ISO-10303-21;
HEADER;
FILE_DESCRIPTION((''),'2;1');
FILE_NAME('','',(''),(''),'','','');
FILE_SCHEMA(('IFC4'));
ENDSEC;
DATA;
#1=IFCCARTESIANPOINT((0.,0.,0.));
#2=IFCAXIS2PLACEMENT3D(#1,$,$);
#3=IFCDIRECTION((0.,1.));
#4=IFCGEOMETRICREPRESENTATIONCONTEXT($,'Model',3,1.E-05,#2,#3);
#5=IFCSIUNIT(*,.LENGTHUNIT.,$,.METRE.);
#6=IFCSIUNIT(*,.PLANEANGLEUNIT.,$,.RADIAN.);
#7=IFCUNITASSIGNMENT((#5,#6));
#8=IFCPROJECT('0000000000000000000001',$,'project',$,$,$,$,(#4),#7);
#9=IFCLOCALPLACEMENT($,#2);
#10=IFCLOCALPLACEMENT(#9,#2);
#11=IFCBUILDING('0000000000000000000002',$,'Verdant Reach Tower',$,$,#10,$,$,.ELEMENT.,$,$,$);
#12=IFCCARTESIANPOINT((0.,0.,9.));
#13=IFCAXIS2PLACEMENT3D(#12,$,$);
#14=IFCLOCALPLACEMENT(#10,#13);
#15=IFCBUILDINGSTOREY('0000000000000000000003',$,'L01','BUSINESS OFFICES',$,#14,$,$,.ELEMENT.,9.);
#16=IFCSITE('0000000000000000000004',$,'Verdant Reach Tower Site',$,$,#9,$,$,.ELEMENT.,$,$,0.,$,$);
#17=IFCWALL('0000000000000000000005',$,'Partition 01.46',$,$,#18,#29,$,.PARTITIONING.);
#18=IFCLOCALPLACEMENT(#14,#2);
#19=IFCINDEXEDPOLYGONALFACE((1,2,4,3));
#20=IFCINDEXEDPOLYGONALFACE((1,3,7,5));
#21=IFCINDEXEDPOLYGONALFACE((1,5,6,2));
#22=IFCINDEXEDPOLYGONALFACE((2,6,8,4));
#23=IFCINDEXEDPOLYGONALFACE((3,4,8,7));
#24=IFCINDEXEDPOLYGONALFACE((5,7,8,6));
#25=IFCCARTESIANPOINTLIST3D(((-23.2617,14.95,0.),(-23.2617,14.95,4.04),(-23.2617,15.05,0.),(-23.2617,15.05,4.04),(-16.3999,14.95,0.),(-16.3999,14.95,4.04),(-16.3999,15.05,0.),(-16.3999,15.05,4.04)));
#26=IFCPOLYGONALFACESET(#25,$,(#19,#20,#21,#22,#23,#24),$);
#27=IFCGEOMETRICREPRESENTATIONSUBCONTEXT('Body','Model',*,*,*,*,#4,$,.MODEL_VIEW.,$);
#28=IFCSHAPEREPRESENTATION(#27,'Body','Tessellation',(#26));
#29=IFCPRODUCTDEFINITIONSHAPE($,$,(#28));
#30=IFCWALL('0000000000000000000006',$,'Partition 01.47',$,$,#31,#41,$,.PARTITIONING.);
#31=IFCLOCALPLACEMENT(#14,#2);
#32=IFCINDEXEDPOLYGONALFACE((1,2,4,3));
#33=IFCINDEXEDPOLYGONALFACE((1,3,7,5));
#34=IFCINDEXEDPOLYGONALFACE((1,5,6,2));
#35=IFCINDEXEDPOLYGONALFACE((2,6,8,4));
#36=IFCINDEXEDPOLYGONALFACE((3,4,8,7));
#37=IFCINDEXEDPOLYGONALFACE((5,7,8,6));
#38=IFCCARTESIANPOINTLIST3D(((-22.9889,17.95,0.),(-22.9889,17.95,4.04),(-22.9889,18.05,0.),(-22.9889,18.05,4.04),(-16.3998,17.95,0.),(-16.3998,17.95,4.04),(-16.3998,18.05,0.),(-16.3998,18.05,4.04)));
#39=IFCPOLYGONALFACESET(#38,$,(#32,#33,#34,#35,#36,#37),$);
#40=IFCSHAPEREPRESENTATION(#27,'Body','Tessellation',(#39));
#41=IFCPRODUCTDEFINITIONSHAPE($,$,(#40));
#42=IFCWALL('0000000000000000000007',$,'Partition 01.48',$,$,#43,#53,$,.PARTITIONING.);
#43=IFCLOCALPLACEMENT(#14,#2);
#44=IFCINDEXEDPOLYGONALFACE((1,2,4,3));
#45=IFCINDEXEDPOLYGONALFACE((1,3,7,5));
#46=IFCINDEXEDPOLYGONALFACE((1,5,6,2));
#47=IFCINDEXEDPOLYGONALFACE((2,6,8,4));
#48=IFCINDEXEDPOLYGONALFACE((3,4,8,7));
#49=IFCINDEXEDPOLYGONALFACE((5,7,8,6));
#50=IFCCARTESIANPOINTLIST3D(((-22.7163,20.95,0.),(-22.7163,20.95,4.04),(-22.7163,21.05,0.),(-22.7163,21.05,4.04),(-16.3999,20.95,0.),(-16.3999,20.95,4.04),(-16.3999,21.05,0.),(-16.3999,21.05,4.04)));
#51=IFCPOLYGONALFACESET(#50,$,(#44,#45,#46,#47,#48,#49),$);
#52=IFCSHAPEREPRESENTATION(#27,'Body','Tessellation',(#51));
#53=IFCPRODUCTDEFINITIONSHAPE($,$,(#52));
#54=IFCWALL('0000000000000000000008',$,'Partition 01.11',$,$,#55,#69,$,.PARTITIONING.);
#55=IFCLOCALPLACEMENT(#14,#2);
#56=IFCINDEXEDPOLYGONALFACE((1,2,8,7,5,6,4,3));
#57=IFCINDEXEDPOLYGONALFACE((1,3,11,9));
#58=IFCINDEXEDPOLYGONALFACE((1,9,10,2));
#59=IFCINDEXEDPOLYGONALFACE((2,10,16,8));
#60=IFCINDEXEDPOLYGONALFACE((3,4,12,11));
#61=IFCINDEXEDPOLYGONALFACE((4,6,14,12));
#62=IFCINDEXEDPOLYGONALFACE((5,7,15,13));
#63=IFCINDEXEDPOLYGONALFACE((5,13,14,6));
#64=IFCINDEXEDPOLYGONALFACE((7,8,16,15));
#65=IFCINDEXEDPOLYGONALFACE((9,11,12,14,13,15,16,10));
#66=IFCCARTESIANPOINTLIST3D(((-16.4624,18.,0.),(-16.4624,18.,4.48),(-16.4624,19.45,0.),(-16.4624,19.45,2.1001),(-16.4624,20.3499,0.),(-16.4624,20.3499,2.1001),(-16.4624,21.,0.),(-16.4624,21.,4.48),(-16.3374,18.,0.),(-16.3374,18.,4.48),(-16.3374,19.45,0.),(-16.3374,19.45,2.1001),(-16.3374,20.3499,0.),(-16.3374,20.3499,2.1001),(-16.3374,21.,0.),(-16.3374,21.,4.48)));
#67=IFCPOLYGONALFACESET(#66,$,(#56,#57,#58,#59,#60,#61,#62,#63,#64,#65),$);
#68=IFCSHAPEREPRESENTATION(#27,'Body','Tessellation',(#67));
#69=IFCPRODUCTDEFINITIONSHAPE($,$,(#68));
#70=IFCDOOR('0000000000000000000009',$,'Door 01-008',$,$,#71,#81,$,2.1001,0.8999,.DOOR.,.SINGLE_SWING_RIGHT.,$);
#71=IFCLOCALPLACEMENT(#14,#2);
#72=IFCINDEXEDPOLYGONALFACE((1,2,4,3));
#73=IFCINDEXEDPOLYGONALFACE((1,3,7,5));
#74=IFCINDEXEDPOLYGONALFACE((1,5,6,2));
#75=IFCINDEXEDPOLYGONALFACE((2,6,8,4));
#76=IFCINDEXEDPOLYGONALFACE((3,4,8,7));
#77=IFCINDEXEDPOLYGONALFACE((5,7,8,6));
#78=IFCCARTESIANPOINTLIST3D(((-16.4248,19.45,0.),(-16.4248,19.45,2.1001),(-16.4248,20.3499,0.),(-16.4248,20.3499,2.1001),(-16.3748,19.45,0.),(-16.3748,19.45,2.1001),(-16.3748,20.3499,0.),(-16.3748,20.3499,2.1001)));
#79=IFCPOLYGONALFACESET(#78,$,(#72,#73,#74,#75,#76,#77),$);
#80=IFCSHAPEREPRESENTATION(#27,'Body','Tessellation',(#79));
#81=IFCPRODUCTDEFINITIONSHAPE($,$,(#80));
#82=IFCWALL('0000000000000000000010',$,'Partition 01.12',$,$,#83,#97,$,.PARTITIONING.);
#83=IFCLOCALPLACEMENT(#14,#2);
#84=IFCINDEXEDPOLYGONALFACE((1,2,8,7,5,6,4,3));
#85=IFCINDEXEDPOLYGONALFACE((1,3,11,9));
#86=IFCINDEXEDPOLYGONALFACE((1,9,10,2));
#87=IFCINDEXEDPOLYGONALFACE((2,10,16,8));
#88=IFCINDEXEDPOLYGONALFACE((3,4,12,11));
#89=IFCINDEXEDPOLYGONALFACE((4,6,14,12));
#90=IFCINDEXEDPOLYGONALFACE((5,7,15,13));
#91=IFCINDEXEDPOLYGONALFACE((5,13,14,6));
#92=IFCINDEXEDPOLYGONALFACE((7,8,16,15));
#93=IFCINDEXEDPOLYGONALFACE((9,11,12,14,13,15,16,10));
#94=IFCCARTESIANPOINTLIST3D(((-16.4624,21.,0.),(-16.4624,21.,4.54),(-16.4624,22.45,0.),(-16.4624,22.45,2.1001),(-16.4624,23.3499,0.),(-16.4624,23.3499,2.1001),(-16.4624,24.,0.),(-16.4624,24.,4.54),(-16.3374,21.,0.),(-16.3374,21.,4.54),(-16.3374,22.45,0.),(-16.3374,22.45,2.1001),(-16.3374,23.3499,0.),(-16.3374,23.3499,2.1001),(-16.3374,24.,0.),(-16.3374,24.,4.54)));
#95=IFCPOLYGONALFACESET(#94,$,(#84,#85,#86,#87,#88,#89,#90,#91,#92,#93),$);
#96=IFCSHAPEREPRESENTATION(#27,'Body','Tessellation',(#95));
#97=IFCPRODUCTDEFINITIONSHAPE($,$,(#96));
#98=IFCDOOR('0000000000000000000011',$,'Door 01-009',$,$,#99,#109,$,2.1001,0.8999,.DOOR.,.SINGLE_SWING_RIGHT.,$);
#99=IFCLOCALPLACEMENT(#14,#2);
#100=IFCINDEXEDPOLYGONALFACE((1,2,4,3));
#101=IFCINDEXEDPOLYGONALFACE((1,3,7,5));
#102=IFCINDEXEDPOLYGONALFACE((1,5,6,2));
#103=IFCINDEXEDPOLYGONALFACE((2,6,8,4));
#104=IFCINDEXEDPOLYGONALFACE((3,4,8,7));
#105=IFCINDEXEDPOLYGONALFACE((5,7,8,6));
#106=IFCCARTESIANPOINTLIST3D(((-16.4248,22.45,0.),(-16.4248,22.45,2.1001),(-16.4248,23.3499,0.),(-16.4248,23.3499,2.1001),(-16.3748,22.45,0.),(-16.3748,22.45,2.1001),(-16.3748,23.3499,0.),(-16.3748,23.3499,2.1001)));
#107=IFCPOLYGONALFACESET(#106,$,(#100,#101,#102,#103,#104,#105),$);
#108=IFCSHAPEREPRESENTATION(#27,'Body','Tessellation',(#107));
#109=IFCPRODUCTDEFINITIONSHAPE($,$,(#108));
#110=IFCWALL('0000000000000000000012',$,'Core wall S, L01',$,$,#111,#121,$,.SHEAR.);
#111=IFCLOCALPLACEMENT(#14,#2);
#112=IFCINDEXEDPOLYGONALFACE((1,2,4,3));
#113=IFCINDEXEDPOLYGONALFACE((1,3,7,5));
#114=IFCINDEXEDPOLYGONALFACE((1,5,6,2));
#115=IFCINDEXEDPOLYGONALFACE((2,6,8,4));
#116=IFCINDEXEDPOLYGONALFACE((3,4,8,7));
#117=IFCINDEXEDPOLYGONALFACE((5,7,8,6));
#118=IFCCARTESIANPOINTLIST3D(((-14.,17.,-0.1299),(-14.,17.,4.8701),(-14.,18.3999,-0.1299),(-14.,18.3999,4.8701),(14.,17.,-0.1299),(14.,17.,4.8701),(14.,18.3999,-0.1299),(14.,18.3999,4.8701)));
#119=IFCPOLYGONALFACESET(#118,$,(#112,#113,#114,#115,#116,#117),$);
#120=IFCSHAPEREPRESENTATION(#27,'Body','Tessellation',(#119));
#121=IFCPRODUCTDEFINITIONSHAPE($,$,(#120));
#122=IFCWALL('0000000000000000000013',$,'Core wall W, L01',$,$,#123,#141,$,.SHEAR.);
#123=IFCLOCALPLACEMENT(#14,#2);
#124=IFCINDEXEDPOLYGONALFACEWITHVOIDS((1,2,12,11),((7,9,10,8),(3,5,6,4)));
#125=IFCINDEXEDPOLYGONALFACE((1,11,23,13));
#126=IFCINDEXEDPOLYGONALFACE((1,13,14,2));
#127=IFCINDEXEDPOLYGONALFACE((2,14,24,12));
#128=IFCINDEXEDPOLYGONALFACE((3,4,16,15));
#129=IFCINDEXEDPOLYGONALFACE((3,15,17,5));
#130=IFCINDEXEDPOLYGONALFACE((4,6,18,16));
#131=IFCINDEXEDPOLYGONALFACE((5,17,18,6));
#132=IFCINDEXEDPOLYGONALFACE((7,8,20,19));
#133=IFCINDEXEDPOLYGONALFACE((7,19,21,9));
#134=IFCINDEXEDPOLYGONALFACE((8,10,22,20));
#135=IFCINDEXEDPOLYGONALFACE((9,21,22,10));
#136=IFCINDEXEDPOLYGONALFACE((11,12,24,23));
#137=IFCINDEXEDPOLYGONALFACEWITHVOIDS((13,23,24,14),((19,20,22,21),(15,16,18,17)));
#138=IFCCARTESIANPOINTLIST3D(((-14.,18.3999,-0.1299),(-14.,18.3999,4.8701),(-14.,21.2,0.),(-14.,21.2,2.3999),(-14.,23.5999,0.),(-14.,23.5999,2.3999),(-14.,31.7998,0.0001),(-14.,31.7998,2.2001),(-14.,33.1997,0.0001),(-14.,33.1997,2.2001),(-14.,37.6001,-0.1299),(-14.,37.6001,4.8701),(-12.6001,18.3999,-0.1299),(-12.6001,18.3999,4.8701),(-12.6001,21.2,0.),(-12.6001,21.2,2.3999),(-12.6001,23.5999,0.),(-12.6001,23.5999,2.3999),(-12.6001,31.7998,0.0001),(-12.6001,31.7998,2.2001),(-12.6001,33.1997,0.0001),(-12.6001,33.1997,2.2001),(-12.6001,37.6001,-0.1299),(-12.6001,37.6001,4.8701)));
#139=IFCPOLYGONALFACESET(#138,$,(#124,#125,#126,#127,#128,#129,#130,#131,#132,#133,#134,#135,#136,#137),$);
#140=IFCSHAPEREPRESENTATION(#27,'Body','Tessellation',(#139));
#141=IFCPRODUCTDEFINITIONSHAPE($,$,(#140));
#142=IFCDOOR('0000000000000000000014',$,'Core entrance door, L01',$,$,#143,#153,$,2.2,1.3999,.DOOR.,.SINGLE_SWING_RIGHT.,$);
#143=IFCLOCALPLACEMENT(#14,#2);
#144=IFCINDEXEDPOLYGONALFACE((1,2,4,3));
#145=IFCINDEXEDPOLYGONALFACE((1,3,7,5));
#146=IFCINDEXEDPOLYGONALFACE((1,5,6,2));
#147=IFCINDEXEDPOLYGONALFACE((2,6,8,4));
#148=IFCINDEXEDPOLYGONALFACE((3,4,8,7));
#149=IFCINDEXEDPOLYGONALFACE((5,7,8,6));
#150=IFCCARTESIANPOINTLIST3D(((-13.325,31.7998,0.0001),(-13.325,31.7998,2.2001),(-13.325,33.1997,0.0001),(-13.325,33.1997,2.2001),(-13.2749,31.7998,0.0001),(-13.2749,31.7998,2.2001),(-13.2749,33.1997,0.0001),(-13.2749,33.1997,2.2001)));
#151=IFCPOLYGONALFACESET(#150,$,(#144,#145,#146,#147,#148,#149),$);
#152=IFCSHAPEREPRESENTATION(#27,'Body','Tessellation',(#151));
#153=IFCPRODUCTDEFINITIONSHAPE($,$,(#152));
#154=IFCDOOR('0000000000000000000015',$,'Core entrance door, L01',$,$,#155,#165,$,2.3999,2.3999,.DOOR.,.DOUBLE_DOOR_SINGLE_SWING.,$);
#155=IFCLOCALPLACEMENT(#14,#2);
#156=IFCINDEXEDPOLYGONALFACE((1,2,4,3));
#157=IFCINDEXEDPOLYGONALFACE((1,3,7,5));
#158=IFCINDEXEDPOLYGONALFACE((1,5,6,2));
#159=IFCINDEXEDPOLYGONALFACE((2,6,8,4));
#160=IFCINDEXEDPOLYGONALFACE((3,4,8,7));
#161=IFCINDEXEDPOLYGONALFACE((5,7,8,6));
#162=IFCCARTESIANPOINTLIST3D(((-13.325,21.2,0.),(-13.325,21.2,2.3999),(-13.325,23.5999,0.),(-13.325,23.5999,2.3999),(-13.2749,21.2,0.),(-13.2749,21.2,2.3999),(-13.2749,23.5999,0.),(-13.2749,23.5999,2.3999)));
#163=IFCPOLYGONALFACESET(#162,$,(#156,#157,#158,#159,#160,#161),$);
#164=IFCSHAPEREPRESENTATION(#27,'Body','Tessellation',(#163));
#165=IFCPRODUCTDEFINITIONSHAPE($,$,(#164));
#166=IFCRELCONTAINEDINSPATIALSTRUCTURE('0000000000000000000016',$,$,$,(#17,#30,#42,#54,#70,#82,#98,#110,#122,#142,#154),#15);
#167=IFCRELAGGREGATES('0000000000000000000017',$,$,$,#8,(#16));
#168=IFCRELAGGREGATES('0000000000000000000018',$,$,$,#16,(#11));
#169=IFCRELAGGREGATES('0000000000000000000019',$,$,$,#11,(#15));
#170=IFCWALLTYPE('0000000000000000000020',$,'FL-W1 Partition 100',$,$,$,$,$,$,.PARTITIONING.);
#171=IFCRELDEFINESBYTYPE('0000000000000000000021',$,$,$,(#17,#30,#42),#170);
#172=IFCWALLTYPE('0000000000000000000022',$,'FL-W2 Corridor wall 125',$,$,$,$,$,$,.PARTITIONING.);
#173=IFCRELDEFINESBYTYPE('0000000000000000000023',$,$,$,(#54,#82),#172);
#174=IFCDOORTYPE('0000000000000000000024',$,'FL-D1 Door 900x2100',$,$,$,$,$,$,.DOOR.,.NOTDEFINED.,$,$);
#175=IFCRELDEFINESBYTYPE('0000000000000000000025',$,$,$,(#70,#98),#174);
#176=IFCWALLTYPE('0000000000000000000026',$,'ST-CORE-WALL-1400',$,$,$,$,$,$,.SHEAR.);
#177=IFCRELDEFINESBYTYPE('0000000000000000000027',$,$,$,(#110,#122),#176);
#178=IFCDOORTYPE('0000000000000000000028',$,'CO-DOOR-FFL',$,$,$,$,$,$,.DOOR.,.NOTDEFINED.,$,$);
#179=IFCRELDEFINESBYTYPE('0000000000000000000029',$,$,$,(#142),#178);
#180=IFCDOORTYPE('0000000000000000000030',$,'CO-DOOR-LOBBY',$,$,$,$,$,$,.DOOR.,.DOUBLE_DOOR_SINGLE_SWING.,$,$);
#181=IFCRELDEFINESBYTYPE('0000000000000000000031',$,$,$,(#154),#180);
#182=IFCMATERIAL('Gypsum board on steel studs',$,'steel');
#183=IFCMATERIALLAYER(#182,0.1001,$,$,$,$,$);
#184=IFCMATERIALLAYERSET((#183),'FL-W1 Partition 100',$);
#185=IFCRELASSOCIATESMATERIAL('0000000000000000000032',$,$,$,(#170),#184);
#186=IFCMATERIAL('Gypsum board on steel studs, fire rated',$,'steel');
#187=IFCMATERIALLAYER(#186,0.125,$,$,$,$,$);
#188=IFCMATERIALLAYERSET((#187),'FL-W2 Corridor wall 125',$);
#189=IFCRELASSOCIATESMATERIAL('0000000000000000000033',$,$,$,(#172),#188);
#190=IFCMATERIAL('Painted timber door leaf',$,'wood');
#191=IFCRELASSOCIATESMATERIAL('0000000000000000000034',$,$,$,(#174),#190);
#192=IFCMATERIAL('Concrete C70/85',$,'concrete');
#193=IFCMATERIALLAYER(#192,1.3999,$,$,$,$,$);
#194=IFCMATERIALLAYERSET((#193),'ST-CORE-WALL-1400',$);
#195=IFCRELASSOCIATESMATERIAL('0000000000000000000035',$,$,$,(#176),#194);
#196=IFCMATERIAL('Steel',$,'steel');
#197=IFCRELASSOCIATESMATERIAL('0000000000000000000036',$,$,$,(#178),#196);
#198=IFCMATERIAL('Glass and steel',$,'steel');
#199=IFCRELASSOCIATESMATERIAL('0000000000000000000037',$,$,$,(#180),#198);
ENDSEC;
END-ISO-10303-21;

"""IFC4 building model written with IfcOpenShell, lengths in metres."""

from ifc_helpers import new_model, si_unit, direction, frame, frame_2d, origin, place, context, subcontext, project, spatial, rectangle, extrude, material, layer, layer_set, type_object, element, fill, save


model = new_model("IFC4")

# Units and contexts
model_context = context("Model", 3, precision=1e-05, world=origin(), true_north=direction((0.0, 1.0)))
body_context = subcontext(model_context, "Body", "Model", "MODEL_VIEW")
ifc_project = project(units=[si_unit("LENGTHUNIT", "METRE"), si_unit("PLANEANGLEUNIT", "RADIAN")], contexts=[model_context])

# Site, building, storey
site_placement = place(None, origin())
site = spatial("IfcSite", under=ifc_project, at=site_placement, Name="Verdant Reach Tower Site", CompositionType="ELEMENT", RefElevation=0.0)
building_placement = place(site_placement, origin())
building = spatial("IfcBuilding", under=site, at=building_placement, Name="Verdant Reach Tower", CompositionType="ELEMENT")
storey_placement = place(building_placement, frame((0.0, 0.0, 9.0)))
storey = spatial("IfcBuildingStorey", under=building, at=storey_placement, Name="L01", Description="BUSINESS OFFICES", CompositionType="ELEMENT", Elevation=9.0)

# Shared definitions
ifc_material_1 = material(Name="Gypsum board on steel studs", Category="steel")

# Walls
ifc_layer_1 = layer(ifc_material_1, 0.1001)
ifc_layer_set_1 = layer_set([ifc_layer_1], Name="FL-W1 Partition 100")
wall_type_1 = type_object("IfcWallType", Name="FL-W1 Partition 100", PredefinedType="PARTITIONING", material=ifc_layer_set_1)
wall_1_placement = place(storey_placement, frame((-16.3999, 15.0, 0.0), z_axis=(0.0, 0.0, 1.0), x_axis=(-1.0, 0.0, 0.0)))
element("IfcWall", 1, at=wall_1_placement, inside=storey, type_object=wall_type_1, Name="Partition 01.46", PredefinedType="PARTITIONING", context=body_context, shape_type="SweptSolid", body=[
    extrude(rectangle(XDim=6.8618, YDim=0.1001, at=frame_2d((3.4309, 0.0))), origin(), (0.0, 0.0, 1.0), 4.04),
])
wall_2_placement = place(storey_placement, frame((-16.3999, 18.0, 0.0), z_axis=(0.0, 0.0, 1.0), x_axis=(-1.0, 0.0, 0.0)))
element("IfcWall", 2, at=wall_2_placement, inside=storey, type_object=wall_type_1, Name="Partition 01.47", PredefinedType="PARTITIONING", context=body_context, shape_type="SweptSolid", body=[
    extrude(rectangle(XDim=6.5891, YDim=0.1001, at=frame_2d((3.2944, 0.0))), origin(), (0.0, 0.0, 1.0), 4.04),
])
wall_3_placement = place(storey_placement, frame((-16.3999, 21.0, 0.0), z_axis=(0.0, 0.0, 1.0), x_axis=(-1.0, 0.0, 0.0)))
element("IfcWall", 3, at=wall_3_placement, inside=storey, type_object=wall_type_1, Name="Partition 01.48", PredefinedType="PARTITIONING", context=body_context, shape_type="SweptSolid", body=[
    extrude(rectangle(XDim=6.3164, YDim=0.1001, at=frame_2d((3.1582, 0.0))), origin(), (0.0, 0.0, 1.0), 4.04),
])

# Walls, openings, doors
ifc_material_2 = material(Name="Gypsum board on steel studs, fire rated", Category="steel")
ifc_layer_2 = layer(ifc_material_2, 0.125)
ifc_layer_set_2 = layer_set([ifc_layer_2], Name="FL-W2 Corridor wall 125")
wall_type_2 = type_object("IfcWallType", Name="FL-W2 Corridor wall 125", PredefinedType="PARTITIONING", material=ifc_layer_set_2)
wall_4_placement = place(storey_placement, frame((-16.3999, 18.0, 0.0), z_axis=(0.0, 0.0, 1.0), x_axis=(0.0, 1.0, 0.0)))
wall_4 = element("IfcWall", 4, at=wall_4_placement, inside=storey, type_object=wall_type_2, Name="Partition 01.11", PredefinedType="PARTITIONING", context=body_context, shape_type="SweptSolid", body=[
    extrude(rectangle(XDim=3.0, YDim=0.125, at=frame_2d((1.5, 0.0))), origin(), (0.0, 0.0, 1.0), 4.48),
])
opening_1_placement = place(wall_4_placement, frame((1.45, 0.0, 0.0)))
opening_1 = element("IfcOpeningElement", 5, at=opening_1_placement, cuts=wall_4, PredefinedType="OPENING", context=body_context, shape_type="SweptSolid", body=[
    extrude(rectangle(XDim=0.8999, YDim=2.1001, at=frame_2d((0.45, 1.05))), frame((0.0, 0.0725, 0.0), z_axis=(0.0, -1.0, 0.0), x_axis=(1.0, 0.0, 0.0)), (0.0, 0.0, 1.0), 0.145),
])
ifc_material_3 = material(Name="Painted timber door leaf", Category="wood")
door_type_1 = type_object("IfcDoorType", Name="FL-D1 Door 900x2100", OperationType="NOTDEFINED", PredefinedType="DOOR", material=ifc_material_3)
door_1_placement = place(opening_1_placement, origin())
door_1 = element("IfcDoor", 6, at=door_1_placement, inside=storey, type_object=door_type_1, Name="Door 01-008", OperationType="SINGLE_SWING_RIGHT", OverallHeight=2.1001, OverallWidth=0.8999, PredefinedType="DOOR", context=body_context, shape_type="SweptSolid", body=[
    extrude(rectangle(XDim=0.8999, YDim=2.1001, at=frame_2d((0.45, 1.05))), frame((0.0, 0.0249, 0.0), z_axis=(0.0, -1.0, 0.0), x_axis=(1.0, 0.0, 0.0)), (0.0, 0.0, 1.0), 0.05),
])
fill(opening_1, door_1)
wall_5_placement = place(storey_placement, frame((-16.3999, 21.0, 0.0), z_axis=(0.0, 0.0, 1.0), x_axis=(0.0, 1.0, 0.0)))
wall_5 = element("IfcWall", 7, at=wall_5_placement, inside=storey, type_object=wall_type_2, Name="Partition 01.12", PredefinedType="PARTITIONING", context=body_context, shape_type="SweptSolid", body=[
    extrude(rectangle(XDim=3.0, YDim=0.125, at=frame_2d((1.5, 0.0))), origin(), (0.0, 0.0, 1.0), 4.54),
])
opening_2_placement = place(wall_5_placement, frame((1.45, 0.0, 0.0)))
opening_2 = element("IfcOpeningElement", 8, at=opening_2_placement, cuts=wall_5, PredefinedType="OPENING", context=body_context, shape_type="SweptSolid", body=[
    extrude(rectangle(XDim=0.8999, YDim=2.1001, at=frame_2d((0.45, 1.05))), frame((0.0, 0.0725, 0.0), z_axis=(0.0, -1.0, 0.0), x_axis=(1.0, 0.0, 0.0)), (0.0, 0.0, 1.0), 0.145),
])
door_2_placement = place(opening_2_placement, origin())
door_2 = element("IfcDoor", 9, at=door_2_placement, inside=storey, type_object=door_type_1, Name="Door 01-009", OperationType="SINGLE_SWING_RIGHT", OverallHeight=2.1001, OverallWidth=0.8999, PredefinedType="DOOR", context=body_context, shape_type="SweptSolid", body=[
    extrude(rectangle(XDim=0.8999, YDim=2.1001, at=frame_2d((0.45, 1.05))), frame((0.0, 0.0249, 0.0), z_axis=(0.0, -1.0, 0.0), x_axis=(1.0, 0.0, 0.0)), (0.0, 0.0, 1.0), 0.05),
])
fill(opening_2, door_2)

# Wall
ifc_material_4 = material(Name="Concrete C70/85", Category="concrete")
ifc_layer_3 = layer(ifc_material_4, 1.3999)
ifc_layer_set_3 = layer_set([ifc_layer_3], Name="ST-CORE-WALL-1400")
wall_type_3 = type_object("IfcWallType", Name="ST-CORE-WALL-1400", PredefinedType="SHEAR", material=ifc_layer_set_3)
wall_6_placement = place(storey_placement, frame((-14.0, 17.7, -0.1299), z_axis=(0.0, 0.0, 1.0), x_axis=(1.0, 0.0, 0.0)))
element("IfcWall", 10, at=wall_6_placement, inside=storey, type_object=wall_type_3, Name="Core wall S, L01", PredefinedType="SHEAR", context=body_context, shape_type="SweptSolid", body=[
    extrude(rectangle(XDim=28.0, YDim=1.3999, at=frame_2d((14.0, 0.0))), origin(), (0.0, 0.0, 1.0), 5.0),
])

# Wall, openings, doors
wall_7_placement = place(storey_placement, frame((-13.3, 18.3999, -0.1299), z_axis=(0.0, 0.0, 1.0), x_axis=(0.0, 1.0, 0.0)))
wall_7 = element("IfcWall", 11, at=wall_7_placement, inside=storey, type_object=wall_type_3, Name="Core wall W, L01", PredefinedType="SHEAR", context=body_context, shape_type="SweptSolid", body=[
    extrude(rectangle(XDim=19.2002, YDim=1.3999, at=frame_2d((9.6001, 0.0))), origin(), (0.0, 0.0, 1.0), 5.0),
])
opening_3_placement = place(wall_7_placement, frame((2.8, 0.0, 0.1299)))
opening_3 = element("IfcOpeningElement", 12, at=opening_3_placement, cuts=wall_7, PredefinedType="OPENING", context=body_context, shape_type="SweptSolid", body=[
    extrude(rectangle(XDim=2.3999, YDim=2.3999, at=frame_2d((1.2, 1.2))), frame((0.0, 0.71, 0.0), z_axis=(0.0, -1.0, 0.0), x_axis=(1.0, 0.0, 0.0)), (0.0, 0.0, 1.0), 1.4199),
])
opening_4_placement = place(wall_7_placement, frame((13.3999, 0.0, 0.1299)))
opening_4 = element("IfcOpeningElement", 13, at=opening_4_placement, cuts=wall_7, PredefinedType="OPENING", context=body_context, shape_type="SweptSolid", body=[
    extrude(rectangle(XDim=1.3999, YDim=2.2, at=frame_2d((0.7, 1.1001))), frame((0.0, 0.71, 0.0), z_axis=(0.0, -1.0, 0.0), x_axis=(1.0, 0.0, 0.0)), (0.0, 0.0, 1.0), 1.4199),
])
ifc_material_5 = material(Name="Steel", Category="steel")
door_type_2 = type_object("IfcDoorType", Name="CO-DOOR-FFL", OperationType="NOTDEFINED", PredefinedType="DOOR", material=ifc_material_5)
door_3_placement = place(opening_4_placement, origin())
door_3 = element("IfcDoor", 14, at=door_3_placement, inside=storey, type_object=door_type_2, Name="Core entrance door, L01", OperationType="SINGLE_SWING_RIGHT", OverallHeight=2.2, OverallWidth=1.3999, PredefinedType="DOOR", context=body_context, shape_type="SweptSolid", body=[
    extrude(rectangle(XDim=1.3999, YDim=2.2, at=frame_2d((0.7, 1.1001))), frame((0.0, 0.0249, 0.0), z_axis=(0.0, -1.0, 0.0), x_axis=(1.0, 0.0, 0.0)), (0.0, 0.0, 1.0), 0.05),
])
fill(opening_4, door_3)
ifc_material_6 = material(Name="Glass and steel", Category="steel")
door_type_3 = type_object("IfcDoorType", Name="CO-DOOR-LOBBY", OperationType="DOUBLE_DOOR_SINGLE_SWING", PredefinedType="DOOR", material=ifc_material_6)
door_4_placement = place(opening_3_placement, origin())
door_4 = element("IfcDoor", 15, at=door_4_placement, inside=storey, type_object=door_type_3, Name="Core entrance door, L01", OperationType="DOUBLE_DOOR_SINGLE_SWING", OverallHeight=2.3999, OverallWidth=2.3999, PredefinedType="DOOR", context=body_context, shape_type="SweptSolid", body=[
    extrude(rectangle(XDim=2.3999, YDim=2.3999, at=frame_2d((1.2, 1.2))), frame((0.0, 0.0249, 0.0), z_axis=(0.0, -1.0, 0.0), x_axis=(1.0, 0.0, 0.0)), (0.0, 0.0, 1.0), 0.05),
])
fill(opening_3, door_4)

save(model, "model.ifc")
